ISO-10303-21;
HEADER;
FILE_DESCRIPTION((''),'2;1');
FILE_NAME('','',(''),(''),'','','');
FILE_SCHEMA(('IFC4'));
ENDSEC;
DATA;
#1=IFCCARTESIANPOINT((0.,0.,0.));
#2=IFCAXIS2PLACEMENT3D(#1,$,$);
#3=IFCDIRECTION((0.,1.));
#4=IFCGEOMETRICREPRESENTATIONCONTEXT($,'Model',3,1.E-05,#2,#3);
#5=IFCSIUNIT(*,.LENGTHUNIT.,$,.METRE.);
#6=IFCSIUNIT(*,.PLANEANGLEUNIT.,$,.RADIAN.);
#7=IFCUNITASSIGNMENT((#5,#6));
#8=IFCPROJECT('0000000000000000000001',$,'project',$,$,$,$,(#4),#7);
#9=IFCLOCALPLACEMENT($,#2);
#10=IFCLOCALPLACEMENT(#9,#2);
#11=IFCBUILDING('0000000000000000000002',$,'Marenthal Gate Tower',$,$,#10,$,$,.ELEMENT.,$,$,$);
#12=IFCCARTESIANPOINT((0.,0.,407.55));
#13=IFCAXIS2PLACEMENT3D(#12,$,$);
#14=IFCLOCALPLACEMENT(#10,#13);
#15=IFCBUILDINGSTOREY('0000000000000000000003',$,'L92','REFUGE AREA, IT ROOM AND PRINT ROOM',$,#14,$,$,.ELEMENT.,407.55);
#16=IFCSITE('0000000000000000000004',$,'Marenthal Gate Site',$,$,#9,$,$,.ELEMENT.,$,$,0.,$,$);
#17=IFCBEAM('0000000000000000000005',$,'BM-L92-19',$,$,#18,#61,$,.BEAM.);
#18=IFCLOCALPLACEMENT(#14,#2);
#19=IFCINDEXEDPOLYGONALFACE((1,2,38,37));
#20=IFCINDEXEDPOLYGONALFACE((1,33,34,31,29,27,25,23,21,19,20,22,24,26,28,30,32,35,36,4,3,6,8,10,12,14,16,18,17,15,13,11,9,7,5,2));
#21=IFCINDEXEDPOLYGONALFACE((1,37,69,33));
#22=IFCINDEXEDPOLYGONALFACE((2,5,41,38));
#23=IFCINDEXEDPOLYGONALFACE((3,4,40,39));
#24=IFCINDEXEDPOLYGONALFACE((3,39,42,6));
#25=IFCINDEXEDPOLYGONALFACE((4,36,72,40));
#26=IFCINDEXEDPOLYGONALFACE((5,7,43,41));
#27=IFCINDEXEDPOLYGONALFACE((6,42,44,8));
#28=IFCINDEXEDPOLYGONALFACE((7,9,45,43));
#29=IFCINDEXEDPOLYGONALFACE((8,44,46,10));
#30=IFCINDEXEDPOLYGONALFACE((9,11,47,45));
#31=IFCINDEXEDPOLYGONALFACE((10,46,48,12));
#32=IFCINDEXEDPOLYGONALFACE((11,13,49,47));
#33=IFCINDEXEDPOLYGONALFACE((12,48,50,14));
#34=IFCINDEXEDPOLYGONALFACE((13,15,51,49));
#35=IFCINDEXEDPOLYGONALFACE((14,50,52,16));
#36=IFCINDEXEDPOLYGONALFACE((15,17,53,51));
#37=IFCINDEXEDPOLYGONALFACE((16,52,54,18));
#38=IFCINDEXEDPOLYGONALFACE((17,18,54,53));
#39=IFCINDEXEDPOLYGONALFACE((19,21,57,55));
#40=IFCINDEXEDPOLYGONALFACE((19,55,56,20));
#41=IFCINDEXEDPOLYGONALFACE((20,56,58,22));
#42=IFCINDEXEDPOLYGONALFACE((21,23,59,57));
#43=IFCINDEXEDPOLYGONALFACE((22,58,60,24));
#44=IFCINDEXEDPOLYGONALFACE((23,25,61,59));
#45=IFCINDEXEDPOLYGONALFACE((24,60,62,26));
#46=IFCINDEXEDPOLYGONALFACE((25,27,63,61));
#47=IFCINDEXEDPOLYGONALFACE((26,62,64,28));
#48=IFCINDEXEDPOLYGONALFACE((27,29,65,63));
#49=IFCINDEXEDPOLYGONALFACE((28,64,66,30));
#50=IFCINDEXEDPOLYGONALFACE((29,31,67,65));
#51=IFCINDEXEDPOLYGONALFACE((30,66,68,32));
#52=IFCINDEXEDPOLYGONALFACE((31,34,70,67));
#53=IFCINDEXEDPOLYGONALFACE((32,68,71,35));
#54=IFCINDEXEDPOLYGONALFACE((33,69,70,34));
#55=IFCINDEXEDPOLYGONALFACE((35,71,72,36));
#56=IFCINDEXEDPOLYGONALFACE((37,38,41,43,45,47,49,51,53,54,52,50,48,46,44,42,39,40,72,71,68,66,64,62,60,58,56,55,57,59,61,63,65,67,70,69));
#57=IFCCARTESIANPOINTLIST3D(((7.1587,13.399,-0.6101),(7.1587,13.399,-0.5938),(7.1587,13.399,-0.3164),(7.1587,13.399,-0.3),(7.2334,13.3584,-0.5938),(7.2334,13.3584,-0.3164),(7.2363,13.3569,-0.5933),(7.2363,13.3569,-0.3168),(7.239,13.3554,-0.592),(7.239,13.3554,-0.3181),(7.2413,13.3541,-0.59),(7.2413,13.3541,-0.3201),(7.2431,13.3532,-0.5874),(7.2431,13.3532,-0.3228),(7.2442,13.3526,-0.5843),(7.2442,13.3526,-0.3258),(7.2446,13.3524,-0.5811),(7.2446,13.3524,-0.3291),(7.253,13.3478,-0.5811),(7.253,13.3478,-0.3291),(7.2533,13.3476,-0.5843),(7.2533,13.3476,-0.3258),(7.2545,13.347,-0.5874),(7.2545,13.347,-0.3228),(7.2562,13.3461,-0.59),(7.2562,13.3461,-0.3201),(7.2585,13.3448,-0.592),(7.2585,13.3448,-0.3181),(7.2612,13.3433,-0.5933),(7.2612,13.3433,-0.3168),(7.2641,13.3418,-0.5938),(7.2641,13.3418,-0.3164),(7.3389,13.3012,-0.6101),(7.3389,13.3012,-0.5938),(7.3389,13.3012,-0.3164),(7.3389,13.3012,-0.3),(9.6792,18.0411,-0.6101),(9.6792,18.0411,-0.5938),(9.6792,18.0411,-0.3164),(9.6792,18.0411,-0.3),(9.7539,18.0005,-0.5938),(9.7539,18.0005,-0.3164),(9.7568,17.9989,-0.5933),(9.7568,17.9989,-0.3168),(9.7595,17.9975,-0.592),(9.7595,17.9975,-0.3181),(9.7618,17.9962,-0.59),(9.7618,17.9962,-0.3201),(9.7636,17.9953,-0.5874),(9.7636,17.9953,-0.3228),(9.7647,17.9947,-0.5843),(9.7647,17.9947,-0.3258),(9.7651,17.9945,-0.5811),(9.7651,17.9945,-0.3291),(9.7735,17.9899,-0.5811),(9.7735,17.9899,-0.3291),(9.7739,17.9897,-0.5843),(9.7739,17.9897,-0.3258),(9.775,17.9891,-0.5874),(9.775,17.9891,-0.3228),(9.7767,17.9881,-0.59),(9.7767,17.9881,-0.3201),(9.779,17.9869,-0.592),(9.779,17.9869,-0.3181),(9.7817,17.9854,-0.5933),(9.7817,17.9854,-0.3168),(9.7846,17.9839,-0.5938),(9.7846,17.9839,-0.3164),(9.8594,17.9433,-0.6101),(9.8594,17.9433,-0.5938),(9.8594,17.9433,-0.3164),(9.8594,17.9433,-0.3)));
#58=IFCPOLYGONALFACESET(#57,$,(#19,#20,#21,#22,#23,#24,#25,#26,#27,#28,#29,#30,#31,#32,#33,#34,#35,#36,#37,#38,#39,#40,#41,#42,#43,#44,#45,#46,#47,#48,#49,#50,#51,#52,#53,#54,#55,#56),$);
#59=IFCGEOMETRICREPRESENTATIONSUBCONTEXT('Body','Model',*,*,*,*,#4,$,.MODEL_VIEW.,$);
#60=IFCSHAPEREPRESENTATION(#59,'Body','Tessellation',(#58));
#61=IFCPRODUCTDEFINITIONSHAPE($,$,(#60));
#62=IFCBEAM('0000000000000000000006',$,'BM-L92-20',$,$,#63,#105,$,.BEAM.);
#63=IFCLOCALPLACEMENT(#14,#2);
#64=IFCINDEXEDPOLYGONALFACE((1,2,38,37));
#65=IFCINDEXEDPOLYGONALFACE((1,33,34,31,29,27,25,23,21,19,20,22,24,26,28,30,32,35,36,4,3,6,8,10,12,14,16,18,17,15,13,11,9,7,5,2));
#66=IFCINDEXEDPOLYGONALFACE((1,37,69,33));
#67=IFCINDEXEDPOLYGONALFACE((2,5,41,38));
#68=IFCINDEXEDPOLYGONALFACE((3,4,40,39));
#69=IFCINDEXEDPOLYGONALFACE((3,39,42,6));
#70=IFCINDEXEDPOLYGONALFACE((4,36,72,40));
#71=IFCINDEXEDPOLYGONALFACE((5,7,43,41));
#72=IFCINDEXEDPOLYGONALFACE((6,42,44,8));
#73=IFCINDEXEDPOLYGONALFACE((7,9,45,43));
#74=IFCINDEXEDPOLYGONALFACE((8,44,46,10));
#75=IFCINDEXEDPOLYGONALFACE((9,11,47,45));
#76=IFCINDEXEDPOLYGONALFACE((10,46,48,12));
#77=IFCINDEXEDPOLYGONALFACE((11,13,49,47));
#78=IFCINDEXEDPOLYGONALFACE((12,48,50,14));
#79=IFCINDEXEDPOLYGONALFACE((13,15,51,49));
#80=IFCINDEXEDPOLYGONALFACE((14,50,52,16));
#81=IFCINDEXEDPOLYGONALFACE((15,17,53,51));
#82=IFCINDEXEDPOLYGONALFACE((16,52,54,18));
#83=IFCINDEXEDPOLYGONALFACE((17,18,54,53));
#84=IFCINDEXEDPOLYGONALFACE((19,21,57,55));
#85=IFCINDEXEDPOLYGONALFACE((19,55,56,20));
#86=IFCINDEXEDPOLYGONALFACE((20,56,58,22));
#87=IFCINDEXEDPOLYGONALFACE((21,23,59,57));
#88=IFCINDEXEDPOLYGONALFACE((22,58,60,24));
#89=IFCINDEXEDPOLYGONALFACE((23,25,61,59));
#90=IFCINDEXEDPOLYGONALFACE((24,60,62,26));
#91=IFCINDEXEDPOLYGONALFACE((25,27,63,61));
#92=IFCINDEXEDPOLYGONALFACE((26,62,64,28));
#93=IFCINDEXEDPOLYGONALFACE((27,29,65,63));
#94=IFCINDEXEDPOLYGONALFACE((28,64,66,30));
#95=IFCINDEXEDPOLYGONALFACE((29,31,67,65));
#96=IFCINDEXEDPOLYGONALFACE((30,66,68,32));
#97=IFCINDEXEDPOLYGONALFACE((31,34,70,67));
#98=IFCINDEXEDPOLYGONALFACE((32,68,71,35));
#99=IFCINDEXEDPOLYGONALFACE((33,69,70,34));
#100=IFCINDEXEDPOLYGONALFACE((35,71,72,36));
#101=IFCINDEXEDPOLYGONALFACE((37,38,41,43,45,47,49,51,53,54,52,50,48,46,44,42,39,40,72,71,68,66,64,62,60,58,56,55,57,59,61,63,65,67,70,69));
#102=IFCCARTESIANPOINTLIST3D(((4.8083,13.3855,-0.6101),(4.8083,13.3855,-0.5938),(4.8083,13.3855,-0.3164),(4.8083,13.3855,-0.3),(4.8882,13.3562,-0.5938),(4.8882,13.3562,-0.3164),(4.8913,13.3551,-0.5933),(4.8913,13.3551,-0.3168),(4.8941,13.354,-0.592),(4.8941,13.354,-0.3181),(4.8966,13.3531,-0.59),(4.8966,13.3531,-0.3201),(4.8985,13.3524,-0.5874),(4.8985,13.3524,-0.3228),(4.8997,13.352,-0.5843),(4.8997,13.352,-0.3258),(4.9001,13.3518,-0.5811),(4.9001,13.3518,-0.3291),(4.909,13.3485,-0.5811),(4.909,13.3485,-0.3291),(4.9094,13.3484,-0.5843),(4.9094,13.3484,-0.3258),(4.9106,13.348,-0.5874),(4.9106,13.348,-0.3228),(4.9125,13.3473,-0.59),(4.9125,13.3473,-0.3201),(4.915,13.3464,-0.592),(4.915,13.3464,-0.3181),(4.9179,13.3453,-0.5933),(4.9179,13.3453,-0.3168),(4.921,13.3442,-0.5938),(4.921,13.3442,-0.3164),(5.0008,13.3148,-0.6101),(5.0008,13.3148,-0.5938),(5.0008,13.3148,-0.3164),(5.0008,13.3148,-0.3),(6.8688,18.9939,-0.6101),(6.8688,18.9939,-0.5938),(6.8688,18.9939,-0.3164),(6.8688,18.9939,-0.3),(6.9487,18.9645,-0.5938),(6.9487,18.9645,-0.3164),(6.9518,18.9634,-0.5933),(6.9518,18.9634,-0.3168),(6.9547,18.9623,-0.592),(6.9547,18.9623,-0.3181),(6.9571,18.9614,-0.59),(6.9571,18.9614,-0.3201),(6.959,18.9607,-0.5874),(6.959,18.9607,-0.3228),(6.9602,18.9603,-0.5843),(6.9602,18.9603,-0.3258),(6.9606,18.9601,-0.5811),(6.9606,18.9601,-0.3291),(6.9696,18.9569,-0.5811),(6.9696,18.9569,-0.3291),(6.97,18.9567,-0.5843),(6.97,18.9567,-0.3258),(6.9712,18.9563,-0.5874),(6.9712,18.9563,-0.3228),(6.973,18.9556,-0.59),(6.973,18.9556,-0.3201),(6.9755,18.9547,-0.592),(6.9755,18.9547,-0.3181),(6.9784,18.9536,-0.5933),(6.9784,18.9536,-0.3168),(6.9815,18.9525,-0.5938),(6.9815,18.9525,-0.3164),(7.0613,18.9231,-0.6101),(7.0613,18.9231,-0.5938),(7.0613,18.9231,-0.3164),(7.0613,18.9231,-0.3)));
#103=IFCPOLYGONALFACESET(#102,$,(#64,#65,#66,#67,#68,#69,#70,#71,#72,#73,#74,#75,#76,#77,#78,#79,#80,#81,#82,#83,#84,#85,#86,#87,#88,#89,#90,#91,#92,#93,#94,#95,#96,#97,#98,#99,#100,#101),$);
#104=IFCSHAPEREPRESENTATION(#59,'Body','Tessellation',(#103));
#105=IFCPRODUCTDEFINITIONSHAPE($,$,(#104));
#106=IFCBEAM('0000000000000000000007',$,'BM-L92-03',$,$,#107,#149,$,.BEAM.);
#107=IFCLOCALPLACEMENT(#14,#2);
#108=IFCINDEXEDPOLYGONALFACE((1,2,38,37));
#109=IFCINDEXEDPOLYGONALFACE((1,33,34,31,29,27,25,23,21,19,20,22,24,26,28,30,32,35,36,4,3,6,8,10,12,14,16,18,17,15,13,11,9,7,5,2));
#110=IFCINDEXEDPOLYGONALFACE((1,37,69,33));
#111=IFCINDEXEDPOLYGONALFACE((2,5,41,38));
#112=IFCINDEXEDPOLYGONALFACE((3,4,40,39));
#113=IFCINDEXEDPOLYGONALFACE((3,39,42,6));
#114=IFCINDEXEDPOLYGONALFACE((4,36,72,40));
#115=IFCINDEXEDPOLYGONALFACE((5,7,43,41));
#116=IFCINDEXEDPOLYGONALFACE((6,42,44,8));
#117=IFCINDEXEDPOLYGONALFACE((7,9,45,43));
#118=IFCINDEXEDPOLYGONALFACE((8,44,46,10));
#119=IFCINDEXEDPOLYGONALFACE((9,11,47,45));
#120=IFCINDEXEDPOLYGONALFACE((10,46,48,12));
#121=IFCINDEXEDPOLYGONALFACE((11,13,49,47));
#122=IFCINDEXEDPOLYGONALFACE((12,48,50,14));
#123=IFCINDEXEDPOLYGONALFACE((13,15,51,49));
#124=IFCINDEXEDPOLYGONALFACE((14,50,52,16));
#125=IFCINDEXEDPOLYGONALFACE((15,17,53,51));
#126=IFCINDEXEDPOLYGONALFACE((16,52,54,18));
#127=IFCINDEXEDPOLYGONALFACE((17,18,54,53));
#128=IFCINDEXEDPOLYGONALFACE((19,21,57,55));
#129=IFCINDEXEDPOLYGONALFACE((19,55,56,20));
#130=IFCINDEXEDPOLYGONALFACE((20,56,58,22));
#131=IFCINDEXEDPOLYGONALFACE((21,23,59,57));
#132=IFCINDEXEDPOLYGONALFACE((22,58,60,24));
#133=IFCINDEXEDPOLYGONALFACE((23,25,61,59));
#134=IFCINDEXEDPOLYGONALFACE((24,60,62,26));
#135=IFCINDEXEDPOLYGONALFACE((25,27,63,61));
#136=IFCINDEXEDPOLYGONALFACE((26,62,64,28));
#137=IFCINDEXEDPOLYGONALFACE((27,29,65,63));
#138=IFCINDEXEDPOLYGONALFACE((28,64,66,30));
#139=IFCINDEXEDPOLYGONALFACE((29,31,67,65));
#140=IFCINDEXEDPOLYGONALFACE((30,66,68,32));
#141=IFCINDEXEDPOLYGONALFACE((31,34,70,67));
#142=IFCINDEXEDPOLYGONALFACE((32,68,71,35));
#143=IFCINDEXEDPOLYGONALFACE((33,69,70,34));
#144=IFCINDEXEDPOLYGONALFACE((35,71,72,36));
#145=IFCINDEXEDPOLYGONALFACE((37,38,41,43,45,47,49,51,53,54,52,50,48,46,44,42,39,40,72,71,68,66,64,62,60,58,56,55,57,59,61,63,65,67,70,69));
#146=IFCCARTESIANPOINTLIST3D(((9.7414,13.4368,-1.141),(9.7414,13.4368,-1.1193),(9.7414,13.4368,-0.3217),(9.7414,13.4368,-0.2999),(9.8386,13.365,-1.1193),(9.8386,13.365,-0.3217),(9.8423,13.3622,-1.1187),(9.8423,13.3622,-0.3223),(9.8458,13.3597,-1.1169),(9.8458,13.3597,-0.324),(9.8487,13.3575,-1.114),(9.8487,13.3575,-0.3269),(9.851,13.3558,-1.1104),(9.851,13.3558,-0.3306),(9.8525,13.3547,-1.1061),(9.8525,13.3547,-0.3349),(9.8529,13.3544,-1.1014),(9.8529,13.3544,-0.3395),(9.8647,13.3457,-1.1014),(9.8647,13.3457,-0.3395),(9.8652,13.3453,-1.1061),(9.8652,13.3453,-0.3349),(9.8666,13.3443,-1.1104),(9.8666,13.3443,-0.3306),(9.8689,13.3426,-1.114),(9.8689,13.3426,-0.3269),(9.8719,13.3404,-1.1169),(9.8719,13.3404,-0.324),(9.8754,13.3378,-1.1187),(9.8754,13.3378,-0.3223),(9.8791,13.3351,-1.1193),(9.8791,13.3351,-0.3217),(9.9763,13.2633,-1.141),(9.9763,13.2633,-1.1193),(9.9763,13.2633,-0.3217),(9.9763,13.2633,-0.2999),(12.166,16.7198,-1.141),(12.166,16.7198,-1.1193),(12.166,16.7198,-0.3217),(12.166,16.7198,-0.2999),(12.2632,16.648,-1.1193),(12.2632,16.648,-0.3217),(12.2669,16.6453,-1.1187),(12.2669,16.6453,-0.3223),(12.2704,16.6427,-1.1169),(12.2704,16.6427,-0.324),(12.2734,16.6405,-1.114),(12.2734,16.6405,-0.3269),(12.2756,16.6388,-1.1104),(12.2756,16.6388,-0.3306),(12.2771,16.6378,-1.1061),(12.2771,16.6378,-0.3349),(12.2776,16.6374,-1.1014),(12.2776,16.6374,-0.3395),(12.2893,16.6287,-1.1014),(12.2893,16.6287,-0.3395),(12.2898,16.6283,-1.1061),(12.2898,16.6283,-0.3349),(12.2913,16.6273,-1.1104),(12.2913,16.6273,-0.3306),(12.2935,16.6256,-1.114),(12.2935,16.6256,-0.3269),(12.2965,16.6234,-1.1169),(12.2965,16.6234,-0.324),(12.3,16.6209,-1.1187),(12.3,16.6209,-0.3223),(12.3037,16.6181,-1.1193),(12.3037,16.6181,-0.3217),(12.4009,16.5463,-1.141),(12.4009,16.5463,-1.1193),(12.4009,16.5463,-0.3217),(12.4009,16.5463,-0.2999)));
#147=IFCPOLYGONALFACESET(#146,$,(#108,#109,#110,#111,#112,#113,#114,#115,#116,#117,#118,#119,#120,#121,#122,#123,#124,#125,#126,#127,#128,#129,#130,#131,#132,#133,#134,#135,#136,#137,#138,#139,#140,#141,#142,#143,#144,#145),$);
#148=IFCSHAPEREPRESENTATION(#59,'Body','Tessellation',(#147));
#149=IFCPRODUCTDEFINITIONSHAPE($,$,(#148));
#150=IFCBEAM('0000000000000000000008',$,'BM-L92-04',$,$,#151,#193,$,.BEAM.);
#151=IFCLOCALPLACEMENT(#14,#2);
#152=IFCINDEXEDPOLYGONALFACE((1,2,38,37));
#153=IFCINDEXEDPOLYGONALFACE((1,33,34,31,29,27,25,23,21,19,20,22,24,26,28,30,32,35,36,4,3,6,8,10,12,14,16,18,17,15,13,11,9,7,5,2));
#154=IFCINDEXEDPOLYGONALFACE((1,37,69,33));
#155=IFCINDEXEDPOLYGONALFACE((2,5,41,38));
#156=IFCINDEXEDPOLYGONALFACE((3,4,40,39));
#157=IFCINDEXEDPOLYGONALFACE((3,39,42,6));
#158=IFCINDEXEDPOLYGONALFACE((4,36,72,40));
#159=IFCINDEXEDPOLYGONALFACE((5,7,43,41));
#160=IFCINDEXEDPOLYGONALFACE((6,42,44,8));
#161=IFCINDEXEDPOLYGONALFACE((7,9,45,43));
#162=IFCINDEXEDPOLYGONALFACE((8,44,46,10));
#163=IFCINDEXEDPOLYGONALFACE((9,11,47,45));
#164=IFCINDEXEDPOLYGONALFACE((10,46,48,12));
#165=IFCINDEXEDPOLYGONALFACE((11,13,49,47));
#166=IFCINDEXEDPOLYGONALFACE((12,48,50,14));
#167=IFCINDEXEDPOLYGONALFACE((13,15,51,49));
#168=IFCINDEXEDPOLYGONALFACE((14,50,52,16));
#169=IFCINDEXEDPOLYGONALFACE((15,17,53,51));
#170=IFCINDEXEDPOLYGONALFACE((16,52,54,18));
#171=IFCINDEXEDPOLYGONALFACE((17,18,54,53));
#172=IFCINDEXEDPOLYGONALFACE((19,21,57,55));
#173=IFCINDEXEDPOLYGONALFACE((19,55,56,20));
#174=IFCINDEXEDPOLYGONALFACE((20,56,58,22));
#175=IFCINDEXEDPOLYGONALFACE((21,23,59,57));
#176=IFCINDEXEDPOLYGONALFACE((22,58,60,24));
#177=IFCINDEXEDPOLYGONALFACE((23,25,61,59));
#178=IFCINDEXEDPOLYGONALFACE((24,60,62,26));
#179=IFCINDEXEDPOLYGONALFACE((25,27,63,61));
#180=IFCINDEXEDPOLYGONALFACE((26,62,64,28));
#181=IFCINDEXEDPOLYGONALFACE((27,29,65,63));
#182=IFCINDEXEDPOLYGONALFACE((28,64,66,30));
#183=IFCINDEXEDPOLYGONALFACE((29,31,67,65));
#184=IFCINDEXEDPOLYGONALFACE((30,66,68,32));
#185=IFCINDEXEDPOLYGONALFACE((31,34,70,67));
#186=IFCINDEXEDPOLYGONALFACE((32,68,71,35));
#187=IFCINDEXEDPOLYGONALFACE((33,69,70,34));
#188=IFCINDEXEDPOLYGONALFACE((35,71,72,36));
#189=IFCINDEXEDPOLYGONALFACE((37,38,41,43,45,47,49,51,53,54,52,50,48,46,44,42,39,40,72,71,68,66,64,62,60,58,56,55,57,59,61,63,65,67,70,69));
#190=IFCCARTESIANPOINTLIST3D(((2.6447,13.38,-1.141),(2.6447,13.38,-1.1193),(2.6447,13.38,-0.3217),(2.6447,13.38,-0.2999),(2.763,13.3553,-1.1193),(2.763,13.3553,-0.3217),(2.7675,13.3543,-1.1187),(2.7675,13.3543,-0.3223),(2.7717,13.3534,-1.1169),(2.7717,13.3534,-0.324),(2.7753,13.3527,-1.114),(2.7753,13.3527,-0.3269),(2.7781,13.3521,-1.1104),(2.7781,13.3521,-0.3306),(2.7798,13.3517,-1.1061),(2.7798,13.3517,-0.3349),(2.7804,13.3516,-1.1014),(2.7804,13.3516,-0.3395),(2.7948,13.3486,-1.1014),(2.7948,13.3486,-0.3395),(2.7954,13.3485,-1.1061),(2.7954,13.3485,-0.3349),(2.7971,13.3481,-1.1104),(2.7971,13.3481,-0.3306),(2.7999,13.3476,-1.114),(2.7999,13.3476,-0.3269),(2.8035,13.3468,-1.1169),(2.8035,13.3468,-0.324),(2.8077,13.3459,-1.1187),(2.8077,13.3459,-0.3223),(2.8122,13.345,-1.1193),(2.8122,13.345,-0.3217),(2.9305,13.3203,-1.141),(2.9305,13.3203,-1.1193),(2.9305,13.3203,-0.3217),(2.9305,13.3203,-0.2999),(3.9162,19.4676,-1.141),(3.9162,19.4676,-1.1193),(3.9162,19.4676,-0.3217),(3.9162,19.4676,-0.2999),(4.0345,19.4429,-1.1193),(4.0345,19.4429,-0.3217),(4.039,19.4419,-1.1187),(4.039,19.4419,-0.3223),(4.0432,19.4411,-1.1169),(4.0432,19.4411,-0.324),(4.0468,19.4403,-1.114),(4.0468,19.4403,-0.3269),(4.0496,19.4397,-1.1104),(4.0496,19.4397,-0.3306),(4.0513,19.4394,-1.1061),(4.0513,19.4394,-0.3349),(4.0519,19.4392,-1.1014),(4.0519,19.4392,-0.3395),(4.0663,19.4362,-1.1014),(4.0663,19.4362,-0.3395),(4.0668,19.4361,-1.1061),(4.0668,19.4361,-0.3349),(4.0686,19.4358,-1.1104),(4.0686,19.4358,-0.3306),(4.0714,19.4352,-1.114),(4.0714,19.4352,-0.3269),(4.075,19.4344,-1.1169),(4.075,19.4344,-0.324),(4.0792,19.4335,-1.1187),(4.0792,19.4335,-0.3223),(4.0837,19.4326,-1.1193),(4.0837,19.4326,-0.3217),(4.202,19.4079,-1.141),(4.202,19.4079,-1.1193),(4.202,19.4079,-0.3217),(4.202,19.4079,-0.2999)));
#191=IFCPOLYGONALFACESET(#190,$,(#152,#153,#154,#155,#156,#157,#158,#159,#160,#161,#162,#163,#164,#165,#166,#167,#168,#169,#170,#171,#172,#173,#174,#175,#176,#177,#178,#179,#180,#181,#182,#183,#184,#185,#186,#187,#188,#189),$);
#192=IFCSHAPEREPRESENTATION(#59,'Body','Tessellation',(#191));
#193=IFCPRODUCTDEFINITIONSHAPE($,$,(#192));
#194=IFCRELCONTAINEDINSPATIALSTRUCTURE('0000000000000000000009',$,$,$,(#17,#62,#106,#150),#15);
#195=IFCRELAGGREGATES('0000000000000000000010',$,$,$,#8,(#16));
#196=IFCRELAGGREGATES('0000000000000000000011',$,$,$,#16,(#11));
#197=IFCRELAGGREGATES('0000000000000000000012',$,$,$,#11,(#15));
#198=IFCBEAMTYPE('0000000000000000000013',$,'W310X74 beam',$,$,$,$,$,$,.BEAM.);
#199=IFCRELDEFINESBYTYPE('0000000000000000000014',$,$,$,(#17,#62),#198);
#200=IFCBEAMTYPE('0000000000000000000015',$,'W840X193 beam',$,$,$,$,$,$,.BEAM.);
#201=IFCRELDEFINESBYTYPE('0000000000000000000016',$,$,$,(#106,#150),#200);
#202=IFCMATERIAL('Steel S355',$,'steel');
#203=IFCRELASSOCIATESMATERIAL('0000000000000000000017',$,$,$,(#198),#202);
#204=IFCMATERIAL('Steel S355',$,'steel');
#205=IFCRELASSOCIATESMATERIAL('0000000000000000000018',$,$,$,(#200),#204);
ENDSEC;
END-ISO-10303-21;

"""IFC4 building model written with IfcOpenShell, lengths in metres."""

from ifc_helpers import new_model, si_unit, direction, frame, origin, origin_2d, place, context, subcontext, project, spatial, i_section, extrude, material, material_profile, profile_set, type_object, element, save


model = new_model("IFC4")

# Units and contexts
model_context = context("Model", 3, precision=1e-05, world=origin(), true_north=direction((0.0, 1.0)))
body_context = subcontext(model_context, "Body", "Model", "MODEL_VIEW")
ifc_project = project(units=[si_unit("LENGTHUNIT", "METRE"), si_unit("PLANEANGLEUNIT", "RADIAN")], contexts=[model_context])

# Site, building, storey
site_placement = place(None, origin())
site = spatial("IfcSite", under=ifc_project, at=site_placement, Name="Marenthal Gate Site", CompositionType="ELEMENT", RefElevation=0.0)
building_placement = place(site_placement, origin())
building = spatial("IfcBuilding", under=site, at=building_placement, Name="Marenthal Gate Tower", CompositionType="ELEMENT")
storey_placement = place(building_placement, frame((0.0, 0.0, 407.55)))
storey = spatial("IfcBuildingStorey", under=building, at=storey_placement, Name="L92", Description="REFUGE AREA, IT ROOM AND PRINT ROOM", CompositionType="ELEMENT", Elevation=407.55)

# Beams
ifc_material_1 = material(Name="Steel S355", Category="steel")
ifc_material_profile_1 = material_profile(ifc_material_1, i_section(OverallWidth=0.2051, OverallDepth=0.3101, WebThickness=0.0095, FlangeThickness=0.0164, FilletRadius=0.0127, at=origin_2d()), Name="W310X74")
ifc_profile_set_1 = profile_set([ifc_material_profile_1], Name="Steel S355")
beam_type_1 = type_object("IfcBeamType", Name="W310X74 beam", PredefinedType="BEAM", material=ifc_profile_set_1)
beam_1_placement = place(storey_placement, frame((9.7693, 17.9922, -0.4551), z_axis=(-0.477167, -0.878812, 0.0), x_axis=(0.878812, -0.477167, 0.0)))
element("IfcBeam", 1, at=beam_1_placement, inside=storey, type_object=beam_type_1, Name="BM-L92-19", PredefinedType="BEAM", context=body_context, shape_type="SweptSolid", body=[
    extrude(i_section(OverallWidth=0.2051, OverallDepth=0.3101, WebThickness=0.0095, FlangeThickness=0.0164, FilletRadius=0.0127, at=origin_2d()), origin(), (0.0, 0.0, 1.0), 5.2822),
])
beam_2_placement = place(storey_placement, frame((6.9651, 18.9585, -0.4551), z_axis=(-0.344864, -0.938652, 0.0), x_axis=(0.938652, -0.344864, 0.0)))
element("IfcBeam", 2, at=beam_2_placement, inside=storey, type_object=beam_type_1, Name="BM-L92-20", PredefinedType="BEAM", context=body_context, shape_type="SweptSolid", body=[
    extrude(i_section(OverallWidth=0.2051, OverallDepth=0.3101, WebThickness=0.0095, FlangeThickness=0.0164, FilletRadius=0.0127, at=origin_2d()), origin(), (0.0, 0.0, 1.0), 5.9749),
])
ifc_material_2 = material(Name="Steel S355", Category="steel")
ifc_material_profile_2 = material_profile(ifc_material_2, i_section(OverallWidth=0.292, OverallDepth=0.8411, WebThickness=0.0146, FlangeThickness=0.0217, FilletRadius=0.0178, at=origin_2d()), Name="W840X193")
ifc_profile_set_2 = profile_set([ifc_material_profile_2], Name="Steel S355")
beam_type_2 = type_object("IfcBeamType", Name="W840X193 beam", PredefinedType="BEAM", material=ifc_profile_set_2)
beam_3_placement = place(storey_placement, frame((12.2834, 16.6331, -0.7205), z_axis=(-0.594078, -0.804407, 0.0), x_axis=(0.804407, -0.594078, 0.0)))
element("IfcBeam", 3, at=beam_3_placement, inside=storey, type_object=beam_type_2, Name="BM-L92-03", PredefinedType="BEAM", context=body_context, shape_type="SweptSolid", body=[
    extrude(i_section(OverallWidth=0.292, OverallDepth=0.8411, WebThickness=0.0146, FlangeThickness=0.0217, FilletRadius=0.0178, at=origin_2d()), origin(), (0.0, 0.0, 1.0), 4.0813),
])
beam_4_placement = place(storey_placement, frame((4.0591, 19.4377, -0.7205), z_axis=(-0.204451, -0.978877, 0.0), x_axis=(0.978877, -0.204451, 0.0)))
element("IfcBeam", 4, at=beam_4_placement, inside=storey, type_object=beam_type_2, Name="BM-L92-04", PredefinedType="BEAM", context=body_context, shape_type="SweptSolid", body=[
    extrude(i_section(OverallWidth=0.292, OverallDepth=0.8411, WebThickness=0.0146, FlangeThickness=0.0217, FilletRadius=0.0178, at=origin_2d()), origin(), (0.0, 0.0, 1.0), 6.219),
])

save(model, "model.ifc")
